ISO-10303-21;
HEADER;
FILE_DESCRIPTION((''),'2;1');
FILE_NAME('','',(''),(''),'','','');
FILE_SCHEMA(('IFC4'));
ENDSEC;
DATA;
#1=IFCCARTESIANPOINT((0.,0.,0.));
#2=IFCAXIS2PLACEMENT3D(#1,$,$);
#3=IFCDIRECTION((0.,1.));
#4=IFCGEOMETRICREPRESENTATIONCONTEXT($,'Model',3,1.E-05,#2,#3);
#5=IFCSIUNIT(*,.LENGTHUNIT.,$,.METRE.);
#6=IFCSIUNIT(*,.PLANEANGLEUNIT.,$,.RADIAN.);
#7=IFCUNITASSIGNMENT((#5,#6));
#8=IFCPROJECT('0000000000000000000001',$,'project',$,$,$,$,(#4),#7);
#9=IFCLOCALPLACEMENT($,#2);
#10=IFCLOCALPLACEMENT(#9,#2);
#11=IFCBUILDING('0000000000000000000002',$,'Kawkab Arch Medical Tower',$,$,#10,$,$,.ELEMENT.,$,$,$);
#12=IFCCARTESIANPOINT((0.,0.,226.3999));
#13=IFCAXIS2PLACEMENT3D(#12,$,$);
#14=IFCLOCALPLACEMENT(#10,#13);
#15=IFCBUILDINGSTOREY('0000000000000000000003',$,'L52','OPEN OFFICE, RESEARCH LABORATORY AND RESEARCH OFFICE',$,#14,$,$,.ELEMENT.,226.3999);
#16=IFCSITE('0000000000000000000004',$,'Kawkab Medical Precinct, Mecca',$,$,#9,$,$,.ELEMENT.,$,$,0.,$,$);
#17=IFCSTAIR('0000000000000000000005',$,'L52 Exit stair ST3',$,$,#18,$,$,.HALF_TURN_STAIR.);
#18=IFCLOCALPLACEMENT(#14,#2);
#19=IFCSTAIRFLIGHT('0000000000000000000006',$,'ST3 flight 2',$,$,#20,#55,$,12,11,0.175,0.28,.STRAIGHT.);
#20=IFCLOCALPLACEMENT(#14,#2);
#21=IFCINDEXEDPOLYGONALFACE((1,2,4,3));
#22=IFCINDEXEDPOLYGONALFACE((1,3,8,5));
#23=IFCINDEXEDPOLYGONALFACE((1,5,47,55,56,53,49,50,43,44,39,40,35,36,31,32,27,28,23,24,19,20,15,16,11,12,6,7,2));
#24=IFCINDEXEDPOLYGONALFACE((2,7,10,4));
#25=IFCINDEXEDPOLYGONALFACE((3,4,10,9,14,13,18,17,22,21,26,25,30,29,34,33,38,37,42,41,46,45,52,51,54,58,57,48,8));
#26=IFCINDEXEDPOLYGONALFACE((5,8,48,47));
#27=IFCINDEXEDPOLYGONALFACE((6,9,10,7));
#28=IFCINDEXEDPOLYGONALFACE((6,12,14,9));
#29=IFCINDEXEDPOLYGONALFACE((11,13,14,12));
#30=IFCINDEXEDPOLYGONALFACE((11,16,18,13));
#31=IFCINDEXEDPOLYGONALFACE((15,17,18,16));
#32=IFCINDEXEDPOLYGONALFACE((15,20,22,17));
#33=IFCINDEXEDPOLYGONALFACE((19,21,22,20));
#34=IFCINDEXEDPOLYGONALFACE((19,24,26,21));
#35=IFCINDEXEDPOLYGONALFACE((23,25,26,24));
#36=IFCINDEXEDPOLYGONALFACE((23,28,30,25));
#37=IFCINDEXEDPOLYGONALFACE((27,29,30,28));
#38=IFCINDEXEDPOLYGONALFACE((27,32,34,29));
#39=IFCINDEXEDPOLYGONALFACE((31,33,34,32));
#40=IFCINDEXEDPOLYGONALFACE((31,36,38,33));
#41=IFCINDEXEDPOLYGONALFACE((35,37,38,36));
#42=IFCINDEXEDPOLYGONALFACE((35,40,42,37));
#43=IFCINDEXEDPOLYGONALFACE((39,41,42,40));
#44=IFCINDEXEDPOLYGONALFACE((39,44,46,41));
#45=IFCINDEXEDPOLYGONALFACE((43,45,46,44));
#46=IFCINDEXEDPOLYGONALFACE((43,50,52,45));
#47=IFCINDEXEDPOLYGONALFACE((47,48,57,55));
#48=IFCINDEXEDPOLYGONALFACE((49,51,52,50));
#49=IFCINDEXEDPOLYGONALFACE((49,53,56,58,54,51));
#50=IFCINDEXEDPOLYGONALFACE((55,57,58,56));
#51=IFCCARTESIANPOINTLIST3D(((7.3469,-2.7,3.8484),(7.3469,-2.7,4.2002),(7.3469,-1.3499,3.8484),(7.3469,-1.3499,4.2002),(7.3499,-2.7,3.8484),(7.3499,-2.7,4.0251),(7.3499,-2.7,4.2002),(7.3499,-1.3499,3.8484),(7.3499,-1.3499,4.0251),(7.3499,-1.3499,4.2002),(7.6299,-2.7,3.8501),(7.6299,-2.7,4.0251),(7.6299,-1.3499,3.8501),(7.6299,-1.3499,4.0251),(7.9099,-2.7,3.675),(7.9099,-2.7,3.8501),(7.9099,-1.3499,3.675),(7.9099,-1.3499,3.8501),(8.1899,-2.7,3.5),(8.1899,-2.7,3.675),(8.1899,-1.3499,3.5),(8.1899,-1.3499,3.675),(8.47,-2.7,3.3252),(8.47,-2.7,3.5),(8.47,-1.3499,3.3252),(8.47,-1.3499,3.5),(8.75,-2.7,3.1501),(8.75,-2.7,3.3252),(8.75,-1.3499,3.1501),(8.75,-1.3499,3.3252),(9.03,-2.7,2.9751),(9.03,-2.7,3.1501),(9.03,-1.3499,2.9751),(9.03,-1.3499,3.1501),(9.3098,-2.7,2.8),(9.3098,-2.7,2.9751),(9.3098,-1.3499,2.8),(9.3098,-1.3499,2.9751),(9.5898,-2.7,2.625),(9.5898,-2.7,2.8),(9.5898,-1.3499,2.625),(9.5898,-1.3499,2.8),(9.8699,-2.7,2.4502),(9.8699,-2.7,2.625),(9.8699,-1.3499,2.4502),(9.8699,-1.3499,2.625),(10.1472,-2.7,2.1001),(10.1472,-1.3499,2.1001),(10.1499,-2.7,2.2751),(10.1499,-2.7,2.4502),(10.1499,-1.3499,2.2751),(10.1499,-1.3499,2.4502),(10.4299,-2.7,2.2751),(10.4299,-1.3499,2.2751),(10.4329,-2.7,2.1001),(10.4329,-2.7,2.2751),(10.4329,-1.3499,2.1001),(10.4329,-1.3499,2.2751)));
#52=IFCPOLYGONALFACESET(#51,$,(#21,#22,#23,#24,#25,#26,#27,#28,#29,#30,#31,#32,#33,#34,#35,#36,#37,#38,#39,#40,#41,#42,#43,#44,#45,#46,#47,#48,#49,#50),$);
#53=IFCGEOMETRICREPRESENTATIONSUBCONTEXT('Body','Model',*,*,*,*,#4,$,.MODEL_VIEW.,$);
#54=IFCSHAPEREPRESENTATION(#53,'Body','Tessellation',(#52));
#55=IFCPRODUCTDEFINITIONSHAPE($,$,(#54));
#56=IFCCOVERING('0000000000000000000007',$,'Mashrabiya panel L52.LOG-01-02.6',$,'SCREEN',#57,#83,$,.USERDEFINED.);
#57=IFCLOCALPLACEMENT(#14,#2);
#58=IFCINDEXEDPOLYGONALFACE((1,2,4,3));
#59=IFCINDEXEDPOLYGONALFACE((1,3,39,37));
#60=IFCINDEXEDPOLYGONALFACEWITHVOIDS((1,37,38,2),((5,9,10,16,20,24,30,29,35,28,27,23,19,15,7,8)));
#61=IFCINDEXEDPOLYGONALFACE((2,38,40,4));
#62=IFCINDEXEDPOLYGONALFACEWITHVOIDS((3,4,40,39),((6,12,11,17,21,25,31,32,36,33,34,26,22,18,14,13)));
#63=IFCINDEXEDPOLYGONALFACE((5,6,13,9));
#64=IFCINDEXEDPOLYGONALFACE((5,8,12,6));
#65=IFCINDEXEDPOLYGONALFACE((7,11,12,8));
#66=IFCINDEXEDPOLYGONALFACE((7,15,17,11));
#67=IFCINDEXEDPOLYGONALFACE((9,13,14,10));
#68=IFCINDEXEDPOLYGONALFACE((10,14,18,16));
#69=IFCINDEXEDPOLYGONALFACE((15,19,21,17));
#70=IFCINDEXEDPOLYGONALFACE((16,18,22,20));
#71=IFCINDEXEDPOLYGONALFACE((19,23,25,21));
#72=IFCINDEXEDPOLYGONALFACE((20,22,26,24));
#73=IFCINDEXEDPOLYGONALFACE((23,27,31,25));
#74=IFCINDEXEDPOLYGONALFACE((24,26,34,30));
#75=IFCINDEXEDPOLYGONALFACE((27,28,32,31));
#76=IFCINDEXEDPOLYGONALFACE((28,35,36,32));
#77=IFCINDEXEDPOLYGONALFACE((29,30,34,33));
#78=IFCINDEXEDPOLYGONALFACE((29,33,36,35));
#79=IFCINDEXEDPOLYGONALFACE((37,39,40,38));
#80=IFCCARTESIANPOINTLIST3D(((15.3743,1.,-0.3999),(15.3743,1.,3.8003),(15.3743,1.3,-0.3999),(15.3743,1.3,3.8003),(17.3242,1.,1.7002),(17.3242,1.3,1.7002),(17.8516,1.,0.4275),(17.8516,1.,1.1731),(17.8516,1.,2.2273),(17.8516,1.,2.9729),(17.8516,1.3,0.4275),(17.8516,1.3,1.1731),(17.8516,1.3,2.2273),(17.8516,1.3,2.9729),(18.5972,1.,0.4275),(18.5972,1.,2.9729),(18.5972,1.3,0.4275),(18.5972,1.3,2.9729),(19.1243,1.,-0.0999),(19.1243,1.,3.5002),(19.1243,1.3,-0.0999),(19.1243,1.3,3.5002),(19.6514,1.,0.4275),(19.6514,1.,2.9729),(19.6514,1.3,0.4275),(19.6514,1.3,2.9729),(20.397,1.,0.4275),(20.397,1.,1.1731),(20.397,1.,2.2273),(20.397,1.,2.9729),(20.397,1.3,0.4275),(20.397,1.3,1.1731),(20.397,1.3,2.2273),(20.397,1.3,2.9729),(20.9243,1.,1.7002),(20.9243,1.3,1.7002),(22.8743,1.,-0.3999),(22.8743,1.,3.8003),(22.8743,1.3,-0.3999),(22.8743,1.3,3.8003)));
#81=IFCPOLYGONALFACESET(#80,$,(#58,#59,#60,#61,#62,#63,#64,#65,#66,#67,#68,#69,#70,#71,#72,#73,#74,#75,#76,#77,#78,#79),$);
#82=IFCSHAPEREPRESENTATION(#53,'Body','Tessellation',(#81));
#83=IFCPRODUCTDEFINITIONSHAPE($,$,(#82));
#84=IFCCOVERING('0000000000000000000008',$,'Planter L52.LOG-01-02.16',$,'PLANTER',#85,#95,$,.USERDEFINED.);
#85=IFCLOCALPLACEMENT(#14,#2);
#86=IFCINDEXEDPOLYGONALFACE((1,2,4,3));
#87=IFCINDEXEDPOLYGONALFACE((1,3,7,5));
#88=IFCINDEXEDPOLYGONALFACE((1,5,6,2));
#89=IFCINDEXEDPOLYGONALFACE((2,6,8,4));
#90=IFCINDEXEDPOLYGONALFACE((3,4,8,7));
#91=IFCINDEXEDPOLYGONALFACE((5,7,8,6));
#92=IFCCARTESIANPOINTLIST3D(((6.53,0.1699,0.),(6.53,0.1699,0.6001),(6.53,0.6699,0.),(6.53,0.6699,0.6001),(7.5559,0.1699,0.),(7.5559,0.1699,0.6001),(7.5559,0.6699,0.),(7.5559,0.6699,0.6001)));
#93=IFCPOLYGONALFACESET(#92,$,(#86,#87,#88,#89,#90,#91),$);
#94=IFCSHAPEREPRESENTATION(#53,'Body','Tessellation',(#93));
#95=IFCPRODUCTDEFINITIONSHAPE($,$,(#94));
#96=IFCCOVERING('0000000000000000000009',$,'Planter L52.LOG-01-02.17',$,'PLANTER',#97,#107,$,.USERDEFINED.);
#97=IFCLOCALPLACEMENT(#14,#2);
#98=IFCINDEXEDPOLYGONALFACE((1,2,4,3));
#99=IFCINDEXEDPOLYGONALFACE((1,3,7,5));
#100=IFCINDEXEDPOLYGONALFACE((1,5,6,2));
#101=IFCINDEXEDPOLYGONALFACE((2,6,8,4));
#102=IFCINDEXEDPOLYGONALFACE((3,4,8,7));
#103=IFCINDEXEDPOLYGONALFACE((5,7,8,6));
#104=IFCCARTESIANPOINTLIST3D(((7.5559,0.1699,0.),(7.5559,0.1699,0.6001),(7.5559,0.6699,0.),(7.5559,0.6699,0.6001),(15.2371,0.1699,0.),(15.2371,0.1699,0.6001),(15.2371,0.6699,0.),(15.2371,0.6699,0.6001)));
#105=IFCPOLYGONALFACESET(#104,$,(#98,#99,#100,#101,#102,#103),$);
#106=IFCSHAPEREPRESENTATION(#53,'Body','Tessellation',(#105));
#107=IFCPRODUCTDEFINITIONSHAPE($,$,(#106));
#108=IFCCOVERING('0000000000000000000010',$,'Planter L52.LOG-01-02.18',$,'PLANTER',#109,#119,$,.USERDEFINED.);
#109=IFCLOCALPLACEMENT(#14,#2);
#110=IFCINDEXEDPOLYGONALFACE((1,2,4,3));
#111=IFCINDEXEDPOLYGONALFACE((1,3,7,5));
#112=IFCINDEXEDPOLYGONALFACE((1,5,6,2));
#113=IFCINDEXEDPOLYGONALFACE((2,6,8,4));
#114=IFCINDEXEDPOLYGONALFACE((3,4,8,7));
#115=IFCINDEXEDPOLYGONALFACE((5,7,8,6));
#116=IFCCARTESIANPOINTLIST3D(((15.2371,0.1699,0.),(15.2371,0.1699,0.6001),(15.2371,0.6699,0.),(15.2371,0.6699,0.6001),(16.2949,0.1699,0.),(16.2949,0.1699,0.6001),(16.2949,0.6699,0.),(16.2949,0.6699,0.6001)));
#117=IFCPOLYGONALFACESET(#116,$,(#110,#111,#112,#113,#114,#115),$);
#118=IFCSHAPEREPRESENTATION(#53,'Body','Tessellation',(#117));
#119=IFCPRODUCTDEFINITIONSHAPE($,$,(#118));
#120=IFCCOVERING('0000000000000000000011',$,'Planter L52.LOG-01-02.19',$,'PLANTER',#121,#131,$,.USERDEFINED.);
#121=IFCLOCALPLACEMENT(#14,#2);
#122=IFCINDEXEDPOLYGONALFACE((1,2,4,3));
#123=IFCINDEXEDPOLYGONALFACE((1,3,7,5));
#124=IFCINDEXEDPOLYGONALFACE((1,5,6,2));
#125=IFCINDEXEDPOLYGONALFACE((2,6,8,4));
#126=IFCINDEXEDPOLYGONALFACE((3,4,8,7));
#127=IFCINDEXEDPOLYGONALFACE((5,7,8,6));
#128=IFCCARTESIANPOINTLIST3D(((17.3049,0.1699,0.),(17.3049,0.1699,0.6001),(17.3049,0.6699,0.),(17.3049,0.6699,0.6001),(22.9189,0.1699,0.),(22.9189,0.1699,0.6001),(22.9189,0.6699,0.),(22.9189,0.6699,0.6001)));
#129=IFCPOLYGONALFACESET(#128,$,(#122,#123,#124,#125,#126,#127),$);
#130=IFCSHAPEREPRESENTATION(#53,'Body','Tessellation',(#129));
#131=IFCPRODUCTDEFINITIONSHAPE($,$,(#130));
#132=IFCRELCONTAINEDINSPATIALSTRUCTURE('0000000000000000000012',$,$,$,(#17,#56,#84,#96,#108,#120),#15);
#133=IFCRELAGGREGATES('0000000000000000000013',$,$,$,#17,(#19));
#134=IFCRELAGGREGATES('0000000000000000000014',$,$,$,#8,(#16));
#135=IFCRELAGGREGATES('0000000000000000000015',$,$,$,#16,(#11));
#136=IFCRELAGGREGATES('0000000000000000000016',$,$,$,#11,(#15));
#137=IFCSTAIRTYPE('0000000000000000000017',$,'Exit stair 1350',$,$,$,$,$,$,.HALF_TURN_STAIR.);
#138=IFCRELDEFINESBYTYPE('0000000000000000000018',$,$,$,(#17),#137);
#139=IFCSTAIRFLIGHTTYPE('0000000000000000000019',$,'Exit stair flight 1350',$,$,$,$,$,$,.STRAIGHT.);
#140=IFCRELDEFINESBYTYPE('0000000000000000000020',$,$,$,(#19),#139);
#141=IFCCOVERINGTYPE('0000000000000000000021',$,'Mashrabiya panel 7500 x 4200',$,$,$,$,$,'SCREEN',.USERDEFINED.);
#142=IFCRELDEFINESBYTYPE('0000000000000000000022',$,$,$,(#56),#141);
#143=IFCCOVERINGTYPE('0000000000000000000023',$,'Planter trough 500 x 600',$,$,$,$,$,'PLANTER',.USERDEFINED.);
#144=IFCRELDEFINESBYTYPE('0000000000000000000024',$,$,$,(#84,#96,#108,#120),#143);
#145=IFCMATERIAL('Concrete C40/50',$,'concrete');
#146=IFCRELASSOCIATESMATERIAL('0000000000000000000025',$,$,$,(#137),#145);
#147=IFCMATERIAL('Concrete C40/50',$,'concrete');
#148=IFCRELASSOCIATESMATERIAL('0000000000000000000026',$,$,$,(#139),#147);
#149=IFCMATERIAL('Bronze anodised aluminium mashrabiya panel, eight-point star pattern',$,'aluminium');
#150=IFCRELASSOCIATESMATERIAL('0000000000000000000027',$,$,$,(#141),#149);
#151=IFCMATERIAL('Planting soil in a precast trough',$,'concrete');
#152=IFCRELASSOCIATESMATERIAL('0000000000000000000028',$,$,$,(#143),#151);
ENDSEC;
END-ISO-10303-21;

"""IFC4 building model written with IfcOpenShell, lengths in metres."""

from ifc_helpers import new_model, si_unit, direction, frame, origin, origin_2d, place, context, subcontext, project, spatial, polyline, rectangle, outline, extrude, material, material_profile, profile_set, type_object, element, aggregate, save


model = new_model("IFC4")

# Units and contexts
model_context = context("Model", 3, precision=1e-05, world=origin(), true_north=direction((0.0, 1.0)))
body_context = subcontext(model_context, "Body", "Model", "MODEL_VIEW")
ifc_project = project(units=[si_unit("LENGTHUNIT", "METRE"), si_unit("PLANEANGLEUNIT", "RADIAN")], contexts=[model_context])

# Site, building, storey
site_placement = place(None, origin())
site = spatial("IfcSite", under=ifc_project, at=site_placement, Name="Kawkab Medical Precinct, Mecca", CompositionType="ELEMENT", RefElevation=0.0)
building_placement = place(site_placement, origin())
building = spatial("IfcBuilding", under=site, at=building_placement, Name="Kawkab Arch Medical Tower", CompositionType="ELEMENT")
storey_placement = place(building_placement, frame((0.0, 0.0, 226.3999)))
storey = spatial("IfcBuildingStorey", under=building, at=storey_placement, Name="L52", Description="OPEN OFFICE, RESEARCH LABORATORY AND RESEARCH OFFICE", CompositionType="ELEMENT", Elevation=226.3999)

# Shared definitions
placement = place(storey_placement, origin())

# Stair, stair flight
ifc_material_1 = material(Name="Concrete C40/50", Category="concrete")
stair_type = type_object("IfcStairType", Name="Exit stair 1350", PredefinedType="HALF_TURN_STAIR", material=ifc_material_1)
stair = element("IfcStair", 1, at=placement, inside=storey, type_object=stair_type, Name="L52 Exit stair ST3", PredefinedType="HALF_TURN_STAIR")
ifc_material_2 = material(Name="Concrete C40/50", Category="concrete")
stair_flight_type = type_object("IfcStairFlightType", Name="Exit stair flight 1350", PredefinedType="STRAIGHT", material=ifc_material_2)
stair_flight_placement = place(storey_placement, frame((10.4299, -2.0249, 2.1001), z_axis=(0.0, 0.0, 1.0), x_axis=(-1.0, 0.0, 0.0)))
stair_flight = element("IfcStairFlight", 2, at=stair_flight_placement, type_object=stair_flight_type, Name="ST3 flight 2", NumberOfRisers=12, NumberOfTreads=11, PredefinedType="STRAIGHT", RiserHeight=0.175, TreadLength=0.28, context=body_context, shape_type="SweptSolid", body=[
    extrude(outline(polyline([(-0.0029, 0.0), (-0.0029, 0.175), (0.0, 0.175), (0.28, 0.175), (0.28, 0.3501), (0.5601, 0.3501), (0.5601, 0.5249), (0.8401, 0.5249), (0.8401, 0.7), (1.1201, 0.7), (1.1201, 0.875), (1.3999, 0.875), (1.3999, 1.05), (1.6799, 1.05), (1.6799, 1.2251), (1.96, 1.2251), (1.96, 1.3999), (2.24, 1.3999), (2.24, 1.575), (2.52, 1.575), (2.52, 1.75), (2.8, 1.75), (2.8, 1.925), (3.0801, 1.925), (3.0801, 2.1001), (3.083, 2.1001), (3.083, 1.7483), (3.0801, 1.7483), (0.2827, 0.0), (-0.0029, 0.0)])), frame((0.0, 0.675, 0.0), z_axis=(0.0, -1.0, 0.0), x_axis=(1.0, 0.0, 0.0)), (0.0, 0.0, 1.0), 1.3501),
])
aggregate(stair, [stair_flight])

# Coverings
ifc_material_3 = material(Name="Bronze anodised aluminium mashrabiya panel, eight-point star pattern", Category="aluminium")
ifc_material_profile_1 = material_profile(ifc_material_3, outline(polyline([(-3.75, -2.1001), (3.75, -2.1001), (3.75, 2.1001), (-3.75, 2.1001), (-3.75, -2.1001)]), holes=[polyline([(1.8, 0.0), (1.2727, 0.5271), (1.2727, 1.2727), (0.5271, 1.2727), (0.0, 1.8), (-0.5271, 1.2727), (-1.2727, 1.2727), (-1.2727, 0.5271), (-1.8, 0.0), (-1.2727, -0.5271), (-1.2727, -1.2727), (-0.5271, -1.2727), (0.0, -1.8), (0.5271, -1.2727), (1.2727, -1.2727), (1.2727, -0.5271), (1.8, 0.0)])]), Name="Mashrabiya panel 7500x4200")
ifc_profile_set_1 = profile_set([ifc_material_profile_1], Name="Bronze anodised aluminium mashrabiya panel, eight-point star pattern")
covering_type_1 = type_object("IfcCoveringType", Name="Mashrabiya panel 7500 x 4200", ElementType="SCREEN", PredefinedType="USERDEFINED", material=ifc_profile_set_1)
covering_1_placement = place(storey_placement, frame((19.1243, 1.0, 1.7002), z_axis=(0.0, 1.0, 0.0), x_axis=(-1.0, 0.0, 0.0)))
element("IfcCovering", 3, at=covering_1_placement, inside=storey, type_object=covering_type_1, Name="Mashrabiya panel L52.LOG-01-02.6", ObjectType="SCREEN", PredefinedType="USERDEFINED", context=body_context, shape_type="SweptSolid", body=[
    extrude(outline(polyline([(-3.75, -2.1001), (3.75, -2.1001), (3.75, 2.1001), (-3.75, 2.1001), (-3.75, -2.1001)]), holes=[polyline([(1.8, 0.0), (1.2727, 0.5271), (1.2727, 1.2727), (0.5271, 1.2727), (0.0, 1.8), (-0.5271, 1.2727), (-1.2727, 1.2727), (-1.2727, 0.5271), (-1.8, 0.0), (-1.2727, -0.5271), (-1.2727, -1.2727), (-0.5271, -1.2727), (0.0, -1.8), (0.5271, -1.2727), (1.2727, -1.2727), (1.2727, -0.5271), (1.8, 0.0)])]), origin(), (0.0, 0.0, 1.0), 0.3),
])
ifc_material_4 = material(Name="Planting soil in a precast trough", Category="concrete")
ifc_material_profile_2 = material_profile(ifc_material_4, rectangle(XDim=0.5, YDim=0.6001, at=origin_2d()), Name="Trough 500x600")
ifc_profile_set_2 = profile_set([ifc_material_profile_2], Name="Planting soil in a precast trough")
covering_type_2 = type_object("IfcCoveringType", Name="Planter trough 500 x 600", ElementType="PLANTER", PredefinedType="USERDEFINED", material=ifc_profile_set_2)
covering_2_placement = place(storey_placement, frame((6.53, 0.4199, 0.3), z_axis=(1.0, 0.0, 0.0), x_axis=(0.0, 1.0, 0.0)))
element("IfcCovering", 4, at=covering_2_placement, inside=storey, type_object=covering_type_2, Name="Planter L52.LOG-01-02.16", ObjectType="PLANTER", PredefinedType="USERDEFINED", context=body_context, shape_type="SweptSolid", body=[
    extrude(rectangle(XDim=0.5, YDim=0.6001, at=origin_2d()), origin(), (0.0, 0.0, 1.0), 1.0259),
])
covering_3_placement = place(storey_placement, frame((7.5559, 0.4199, 0.3), z_axis=(1.0, 0.0, 0.0), x_axis=(0.0, 1.0, 0.0)))
element("IfcCovering", 5, at=covering_3_placement, inside=storey, type_object=covering_type_2, Name="Planter L52.LOG-01-02.17", ObjectType="PLANTER", PredefinedType="USERDEFINED", context=body_context, shape_type="SweptSolid", body=[
    extrude(rectangle(XDim=0.5, YDim=0.6001, at=origin_2d()), origin(), (0.0, 0.0, 1.0), 7.6812),
])
covering_4_placement = place(storey_placement, frame((15.2371, 0.4199, 0.3), z_axis=(1.0, 0.0, 0.0), x_axis=(0.0, 1.0, 0.0)))
element("IfcCovering", 6, at=covering_4_placement, inside=storey, type_object=covering_type_2, Name="Planter L52.LOG-01-02.18", ObjectType="PLANTER", PredefinedType="USERDEFINED", context=body_context, shape_type="SweptSolid", body=[
    extrude(rectangle(XDim=0.5, YDim=0.6001, at=origin_2d()), origin(), (0.0, 0.0, 1.0), 1.0579),
])
covering_5_placement = place(storey_placement, frame((17.3049, 0.4199, 0.3), z_axis=(1.0, 0.0, 0.0), x_axis=(0.0, 1.0, 0.0)))
element("IfcCovering", 7, at=covering_5_placement, inside=storey, type_object=covering_type_2, Name="Planter L52.LOG-01-02.19", ObjectType="PLANTER", PredefinedType="USERDEFINED", context=body_context, shape_type="SweptSolid", body=[
    extrude(rectangle(XDim=0.5, YDim=0.6001, at=origin_2d()), origin(), (0.0, 0.0, 1.0), 5.614),
])

save(model, "model.ifc")
